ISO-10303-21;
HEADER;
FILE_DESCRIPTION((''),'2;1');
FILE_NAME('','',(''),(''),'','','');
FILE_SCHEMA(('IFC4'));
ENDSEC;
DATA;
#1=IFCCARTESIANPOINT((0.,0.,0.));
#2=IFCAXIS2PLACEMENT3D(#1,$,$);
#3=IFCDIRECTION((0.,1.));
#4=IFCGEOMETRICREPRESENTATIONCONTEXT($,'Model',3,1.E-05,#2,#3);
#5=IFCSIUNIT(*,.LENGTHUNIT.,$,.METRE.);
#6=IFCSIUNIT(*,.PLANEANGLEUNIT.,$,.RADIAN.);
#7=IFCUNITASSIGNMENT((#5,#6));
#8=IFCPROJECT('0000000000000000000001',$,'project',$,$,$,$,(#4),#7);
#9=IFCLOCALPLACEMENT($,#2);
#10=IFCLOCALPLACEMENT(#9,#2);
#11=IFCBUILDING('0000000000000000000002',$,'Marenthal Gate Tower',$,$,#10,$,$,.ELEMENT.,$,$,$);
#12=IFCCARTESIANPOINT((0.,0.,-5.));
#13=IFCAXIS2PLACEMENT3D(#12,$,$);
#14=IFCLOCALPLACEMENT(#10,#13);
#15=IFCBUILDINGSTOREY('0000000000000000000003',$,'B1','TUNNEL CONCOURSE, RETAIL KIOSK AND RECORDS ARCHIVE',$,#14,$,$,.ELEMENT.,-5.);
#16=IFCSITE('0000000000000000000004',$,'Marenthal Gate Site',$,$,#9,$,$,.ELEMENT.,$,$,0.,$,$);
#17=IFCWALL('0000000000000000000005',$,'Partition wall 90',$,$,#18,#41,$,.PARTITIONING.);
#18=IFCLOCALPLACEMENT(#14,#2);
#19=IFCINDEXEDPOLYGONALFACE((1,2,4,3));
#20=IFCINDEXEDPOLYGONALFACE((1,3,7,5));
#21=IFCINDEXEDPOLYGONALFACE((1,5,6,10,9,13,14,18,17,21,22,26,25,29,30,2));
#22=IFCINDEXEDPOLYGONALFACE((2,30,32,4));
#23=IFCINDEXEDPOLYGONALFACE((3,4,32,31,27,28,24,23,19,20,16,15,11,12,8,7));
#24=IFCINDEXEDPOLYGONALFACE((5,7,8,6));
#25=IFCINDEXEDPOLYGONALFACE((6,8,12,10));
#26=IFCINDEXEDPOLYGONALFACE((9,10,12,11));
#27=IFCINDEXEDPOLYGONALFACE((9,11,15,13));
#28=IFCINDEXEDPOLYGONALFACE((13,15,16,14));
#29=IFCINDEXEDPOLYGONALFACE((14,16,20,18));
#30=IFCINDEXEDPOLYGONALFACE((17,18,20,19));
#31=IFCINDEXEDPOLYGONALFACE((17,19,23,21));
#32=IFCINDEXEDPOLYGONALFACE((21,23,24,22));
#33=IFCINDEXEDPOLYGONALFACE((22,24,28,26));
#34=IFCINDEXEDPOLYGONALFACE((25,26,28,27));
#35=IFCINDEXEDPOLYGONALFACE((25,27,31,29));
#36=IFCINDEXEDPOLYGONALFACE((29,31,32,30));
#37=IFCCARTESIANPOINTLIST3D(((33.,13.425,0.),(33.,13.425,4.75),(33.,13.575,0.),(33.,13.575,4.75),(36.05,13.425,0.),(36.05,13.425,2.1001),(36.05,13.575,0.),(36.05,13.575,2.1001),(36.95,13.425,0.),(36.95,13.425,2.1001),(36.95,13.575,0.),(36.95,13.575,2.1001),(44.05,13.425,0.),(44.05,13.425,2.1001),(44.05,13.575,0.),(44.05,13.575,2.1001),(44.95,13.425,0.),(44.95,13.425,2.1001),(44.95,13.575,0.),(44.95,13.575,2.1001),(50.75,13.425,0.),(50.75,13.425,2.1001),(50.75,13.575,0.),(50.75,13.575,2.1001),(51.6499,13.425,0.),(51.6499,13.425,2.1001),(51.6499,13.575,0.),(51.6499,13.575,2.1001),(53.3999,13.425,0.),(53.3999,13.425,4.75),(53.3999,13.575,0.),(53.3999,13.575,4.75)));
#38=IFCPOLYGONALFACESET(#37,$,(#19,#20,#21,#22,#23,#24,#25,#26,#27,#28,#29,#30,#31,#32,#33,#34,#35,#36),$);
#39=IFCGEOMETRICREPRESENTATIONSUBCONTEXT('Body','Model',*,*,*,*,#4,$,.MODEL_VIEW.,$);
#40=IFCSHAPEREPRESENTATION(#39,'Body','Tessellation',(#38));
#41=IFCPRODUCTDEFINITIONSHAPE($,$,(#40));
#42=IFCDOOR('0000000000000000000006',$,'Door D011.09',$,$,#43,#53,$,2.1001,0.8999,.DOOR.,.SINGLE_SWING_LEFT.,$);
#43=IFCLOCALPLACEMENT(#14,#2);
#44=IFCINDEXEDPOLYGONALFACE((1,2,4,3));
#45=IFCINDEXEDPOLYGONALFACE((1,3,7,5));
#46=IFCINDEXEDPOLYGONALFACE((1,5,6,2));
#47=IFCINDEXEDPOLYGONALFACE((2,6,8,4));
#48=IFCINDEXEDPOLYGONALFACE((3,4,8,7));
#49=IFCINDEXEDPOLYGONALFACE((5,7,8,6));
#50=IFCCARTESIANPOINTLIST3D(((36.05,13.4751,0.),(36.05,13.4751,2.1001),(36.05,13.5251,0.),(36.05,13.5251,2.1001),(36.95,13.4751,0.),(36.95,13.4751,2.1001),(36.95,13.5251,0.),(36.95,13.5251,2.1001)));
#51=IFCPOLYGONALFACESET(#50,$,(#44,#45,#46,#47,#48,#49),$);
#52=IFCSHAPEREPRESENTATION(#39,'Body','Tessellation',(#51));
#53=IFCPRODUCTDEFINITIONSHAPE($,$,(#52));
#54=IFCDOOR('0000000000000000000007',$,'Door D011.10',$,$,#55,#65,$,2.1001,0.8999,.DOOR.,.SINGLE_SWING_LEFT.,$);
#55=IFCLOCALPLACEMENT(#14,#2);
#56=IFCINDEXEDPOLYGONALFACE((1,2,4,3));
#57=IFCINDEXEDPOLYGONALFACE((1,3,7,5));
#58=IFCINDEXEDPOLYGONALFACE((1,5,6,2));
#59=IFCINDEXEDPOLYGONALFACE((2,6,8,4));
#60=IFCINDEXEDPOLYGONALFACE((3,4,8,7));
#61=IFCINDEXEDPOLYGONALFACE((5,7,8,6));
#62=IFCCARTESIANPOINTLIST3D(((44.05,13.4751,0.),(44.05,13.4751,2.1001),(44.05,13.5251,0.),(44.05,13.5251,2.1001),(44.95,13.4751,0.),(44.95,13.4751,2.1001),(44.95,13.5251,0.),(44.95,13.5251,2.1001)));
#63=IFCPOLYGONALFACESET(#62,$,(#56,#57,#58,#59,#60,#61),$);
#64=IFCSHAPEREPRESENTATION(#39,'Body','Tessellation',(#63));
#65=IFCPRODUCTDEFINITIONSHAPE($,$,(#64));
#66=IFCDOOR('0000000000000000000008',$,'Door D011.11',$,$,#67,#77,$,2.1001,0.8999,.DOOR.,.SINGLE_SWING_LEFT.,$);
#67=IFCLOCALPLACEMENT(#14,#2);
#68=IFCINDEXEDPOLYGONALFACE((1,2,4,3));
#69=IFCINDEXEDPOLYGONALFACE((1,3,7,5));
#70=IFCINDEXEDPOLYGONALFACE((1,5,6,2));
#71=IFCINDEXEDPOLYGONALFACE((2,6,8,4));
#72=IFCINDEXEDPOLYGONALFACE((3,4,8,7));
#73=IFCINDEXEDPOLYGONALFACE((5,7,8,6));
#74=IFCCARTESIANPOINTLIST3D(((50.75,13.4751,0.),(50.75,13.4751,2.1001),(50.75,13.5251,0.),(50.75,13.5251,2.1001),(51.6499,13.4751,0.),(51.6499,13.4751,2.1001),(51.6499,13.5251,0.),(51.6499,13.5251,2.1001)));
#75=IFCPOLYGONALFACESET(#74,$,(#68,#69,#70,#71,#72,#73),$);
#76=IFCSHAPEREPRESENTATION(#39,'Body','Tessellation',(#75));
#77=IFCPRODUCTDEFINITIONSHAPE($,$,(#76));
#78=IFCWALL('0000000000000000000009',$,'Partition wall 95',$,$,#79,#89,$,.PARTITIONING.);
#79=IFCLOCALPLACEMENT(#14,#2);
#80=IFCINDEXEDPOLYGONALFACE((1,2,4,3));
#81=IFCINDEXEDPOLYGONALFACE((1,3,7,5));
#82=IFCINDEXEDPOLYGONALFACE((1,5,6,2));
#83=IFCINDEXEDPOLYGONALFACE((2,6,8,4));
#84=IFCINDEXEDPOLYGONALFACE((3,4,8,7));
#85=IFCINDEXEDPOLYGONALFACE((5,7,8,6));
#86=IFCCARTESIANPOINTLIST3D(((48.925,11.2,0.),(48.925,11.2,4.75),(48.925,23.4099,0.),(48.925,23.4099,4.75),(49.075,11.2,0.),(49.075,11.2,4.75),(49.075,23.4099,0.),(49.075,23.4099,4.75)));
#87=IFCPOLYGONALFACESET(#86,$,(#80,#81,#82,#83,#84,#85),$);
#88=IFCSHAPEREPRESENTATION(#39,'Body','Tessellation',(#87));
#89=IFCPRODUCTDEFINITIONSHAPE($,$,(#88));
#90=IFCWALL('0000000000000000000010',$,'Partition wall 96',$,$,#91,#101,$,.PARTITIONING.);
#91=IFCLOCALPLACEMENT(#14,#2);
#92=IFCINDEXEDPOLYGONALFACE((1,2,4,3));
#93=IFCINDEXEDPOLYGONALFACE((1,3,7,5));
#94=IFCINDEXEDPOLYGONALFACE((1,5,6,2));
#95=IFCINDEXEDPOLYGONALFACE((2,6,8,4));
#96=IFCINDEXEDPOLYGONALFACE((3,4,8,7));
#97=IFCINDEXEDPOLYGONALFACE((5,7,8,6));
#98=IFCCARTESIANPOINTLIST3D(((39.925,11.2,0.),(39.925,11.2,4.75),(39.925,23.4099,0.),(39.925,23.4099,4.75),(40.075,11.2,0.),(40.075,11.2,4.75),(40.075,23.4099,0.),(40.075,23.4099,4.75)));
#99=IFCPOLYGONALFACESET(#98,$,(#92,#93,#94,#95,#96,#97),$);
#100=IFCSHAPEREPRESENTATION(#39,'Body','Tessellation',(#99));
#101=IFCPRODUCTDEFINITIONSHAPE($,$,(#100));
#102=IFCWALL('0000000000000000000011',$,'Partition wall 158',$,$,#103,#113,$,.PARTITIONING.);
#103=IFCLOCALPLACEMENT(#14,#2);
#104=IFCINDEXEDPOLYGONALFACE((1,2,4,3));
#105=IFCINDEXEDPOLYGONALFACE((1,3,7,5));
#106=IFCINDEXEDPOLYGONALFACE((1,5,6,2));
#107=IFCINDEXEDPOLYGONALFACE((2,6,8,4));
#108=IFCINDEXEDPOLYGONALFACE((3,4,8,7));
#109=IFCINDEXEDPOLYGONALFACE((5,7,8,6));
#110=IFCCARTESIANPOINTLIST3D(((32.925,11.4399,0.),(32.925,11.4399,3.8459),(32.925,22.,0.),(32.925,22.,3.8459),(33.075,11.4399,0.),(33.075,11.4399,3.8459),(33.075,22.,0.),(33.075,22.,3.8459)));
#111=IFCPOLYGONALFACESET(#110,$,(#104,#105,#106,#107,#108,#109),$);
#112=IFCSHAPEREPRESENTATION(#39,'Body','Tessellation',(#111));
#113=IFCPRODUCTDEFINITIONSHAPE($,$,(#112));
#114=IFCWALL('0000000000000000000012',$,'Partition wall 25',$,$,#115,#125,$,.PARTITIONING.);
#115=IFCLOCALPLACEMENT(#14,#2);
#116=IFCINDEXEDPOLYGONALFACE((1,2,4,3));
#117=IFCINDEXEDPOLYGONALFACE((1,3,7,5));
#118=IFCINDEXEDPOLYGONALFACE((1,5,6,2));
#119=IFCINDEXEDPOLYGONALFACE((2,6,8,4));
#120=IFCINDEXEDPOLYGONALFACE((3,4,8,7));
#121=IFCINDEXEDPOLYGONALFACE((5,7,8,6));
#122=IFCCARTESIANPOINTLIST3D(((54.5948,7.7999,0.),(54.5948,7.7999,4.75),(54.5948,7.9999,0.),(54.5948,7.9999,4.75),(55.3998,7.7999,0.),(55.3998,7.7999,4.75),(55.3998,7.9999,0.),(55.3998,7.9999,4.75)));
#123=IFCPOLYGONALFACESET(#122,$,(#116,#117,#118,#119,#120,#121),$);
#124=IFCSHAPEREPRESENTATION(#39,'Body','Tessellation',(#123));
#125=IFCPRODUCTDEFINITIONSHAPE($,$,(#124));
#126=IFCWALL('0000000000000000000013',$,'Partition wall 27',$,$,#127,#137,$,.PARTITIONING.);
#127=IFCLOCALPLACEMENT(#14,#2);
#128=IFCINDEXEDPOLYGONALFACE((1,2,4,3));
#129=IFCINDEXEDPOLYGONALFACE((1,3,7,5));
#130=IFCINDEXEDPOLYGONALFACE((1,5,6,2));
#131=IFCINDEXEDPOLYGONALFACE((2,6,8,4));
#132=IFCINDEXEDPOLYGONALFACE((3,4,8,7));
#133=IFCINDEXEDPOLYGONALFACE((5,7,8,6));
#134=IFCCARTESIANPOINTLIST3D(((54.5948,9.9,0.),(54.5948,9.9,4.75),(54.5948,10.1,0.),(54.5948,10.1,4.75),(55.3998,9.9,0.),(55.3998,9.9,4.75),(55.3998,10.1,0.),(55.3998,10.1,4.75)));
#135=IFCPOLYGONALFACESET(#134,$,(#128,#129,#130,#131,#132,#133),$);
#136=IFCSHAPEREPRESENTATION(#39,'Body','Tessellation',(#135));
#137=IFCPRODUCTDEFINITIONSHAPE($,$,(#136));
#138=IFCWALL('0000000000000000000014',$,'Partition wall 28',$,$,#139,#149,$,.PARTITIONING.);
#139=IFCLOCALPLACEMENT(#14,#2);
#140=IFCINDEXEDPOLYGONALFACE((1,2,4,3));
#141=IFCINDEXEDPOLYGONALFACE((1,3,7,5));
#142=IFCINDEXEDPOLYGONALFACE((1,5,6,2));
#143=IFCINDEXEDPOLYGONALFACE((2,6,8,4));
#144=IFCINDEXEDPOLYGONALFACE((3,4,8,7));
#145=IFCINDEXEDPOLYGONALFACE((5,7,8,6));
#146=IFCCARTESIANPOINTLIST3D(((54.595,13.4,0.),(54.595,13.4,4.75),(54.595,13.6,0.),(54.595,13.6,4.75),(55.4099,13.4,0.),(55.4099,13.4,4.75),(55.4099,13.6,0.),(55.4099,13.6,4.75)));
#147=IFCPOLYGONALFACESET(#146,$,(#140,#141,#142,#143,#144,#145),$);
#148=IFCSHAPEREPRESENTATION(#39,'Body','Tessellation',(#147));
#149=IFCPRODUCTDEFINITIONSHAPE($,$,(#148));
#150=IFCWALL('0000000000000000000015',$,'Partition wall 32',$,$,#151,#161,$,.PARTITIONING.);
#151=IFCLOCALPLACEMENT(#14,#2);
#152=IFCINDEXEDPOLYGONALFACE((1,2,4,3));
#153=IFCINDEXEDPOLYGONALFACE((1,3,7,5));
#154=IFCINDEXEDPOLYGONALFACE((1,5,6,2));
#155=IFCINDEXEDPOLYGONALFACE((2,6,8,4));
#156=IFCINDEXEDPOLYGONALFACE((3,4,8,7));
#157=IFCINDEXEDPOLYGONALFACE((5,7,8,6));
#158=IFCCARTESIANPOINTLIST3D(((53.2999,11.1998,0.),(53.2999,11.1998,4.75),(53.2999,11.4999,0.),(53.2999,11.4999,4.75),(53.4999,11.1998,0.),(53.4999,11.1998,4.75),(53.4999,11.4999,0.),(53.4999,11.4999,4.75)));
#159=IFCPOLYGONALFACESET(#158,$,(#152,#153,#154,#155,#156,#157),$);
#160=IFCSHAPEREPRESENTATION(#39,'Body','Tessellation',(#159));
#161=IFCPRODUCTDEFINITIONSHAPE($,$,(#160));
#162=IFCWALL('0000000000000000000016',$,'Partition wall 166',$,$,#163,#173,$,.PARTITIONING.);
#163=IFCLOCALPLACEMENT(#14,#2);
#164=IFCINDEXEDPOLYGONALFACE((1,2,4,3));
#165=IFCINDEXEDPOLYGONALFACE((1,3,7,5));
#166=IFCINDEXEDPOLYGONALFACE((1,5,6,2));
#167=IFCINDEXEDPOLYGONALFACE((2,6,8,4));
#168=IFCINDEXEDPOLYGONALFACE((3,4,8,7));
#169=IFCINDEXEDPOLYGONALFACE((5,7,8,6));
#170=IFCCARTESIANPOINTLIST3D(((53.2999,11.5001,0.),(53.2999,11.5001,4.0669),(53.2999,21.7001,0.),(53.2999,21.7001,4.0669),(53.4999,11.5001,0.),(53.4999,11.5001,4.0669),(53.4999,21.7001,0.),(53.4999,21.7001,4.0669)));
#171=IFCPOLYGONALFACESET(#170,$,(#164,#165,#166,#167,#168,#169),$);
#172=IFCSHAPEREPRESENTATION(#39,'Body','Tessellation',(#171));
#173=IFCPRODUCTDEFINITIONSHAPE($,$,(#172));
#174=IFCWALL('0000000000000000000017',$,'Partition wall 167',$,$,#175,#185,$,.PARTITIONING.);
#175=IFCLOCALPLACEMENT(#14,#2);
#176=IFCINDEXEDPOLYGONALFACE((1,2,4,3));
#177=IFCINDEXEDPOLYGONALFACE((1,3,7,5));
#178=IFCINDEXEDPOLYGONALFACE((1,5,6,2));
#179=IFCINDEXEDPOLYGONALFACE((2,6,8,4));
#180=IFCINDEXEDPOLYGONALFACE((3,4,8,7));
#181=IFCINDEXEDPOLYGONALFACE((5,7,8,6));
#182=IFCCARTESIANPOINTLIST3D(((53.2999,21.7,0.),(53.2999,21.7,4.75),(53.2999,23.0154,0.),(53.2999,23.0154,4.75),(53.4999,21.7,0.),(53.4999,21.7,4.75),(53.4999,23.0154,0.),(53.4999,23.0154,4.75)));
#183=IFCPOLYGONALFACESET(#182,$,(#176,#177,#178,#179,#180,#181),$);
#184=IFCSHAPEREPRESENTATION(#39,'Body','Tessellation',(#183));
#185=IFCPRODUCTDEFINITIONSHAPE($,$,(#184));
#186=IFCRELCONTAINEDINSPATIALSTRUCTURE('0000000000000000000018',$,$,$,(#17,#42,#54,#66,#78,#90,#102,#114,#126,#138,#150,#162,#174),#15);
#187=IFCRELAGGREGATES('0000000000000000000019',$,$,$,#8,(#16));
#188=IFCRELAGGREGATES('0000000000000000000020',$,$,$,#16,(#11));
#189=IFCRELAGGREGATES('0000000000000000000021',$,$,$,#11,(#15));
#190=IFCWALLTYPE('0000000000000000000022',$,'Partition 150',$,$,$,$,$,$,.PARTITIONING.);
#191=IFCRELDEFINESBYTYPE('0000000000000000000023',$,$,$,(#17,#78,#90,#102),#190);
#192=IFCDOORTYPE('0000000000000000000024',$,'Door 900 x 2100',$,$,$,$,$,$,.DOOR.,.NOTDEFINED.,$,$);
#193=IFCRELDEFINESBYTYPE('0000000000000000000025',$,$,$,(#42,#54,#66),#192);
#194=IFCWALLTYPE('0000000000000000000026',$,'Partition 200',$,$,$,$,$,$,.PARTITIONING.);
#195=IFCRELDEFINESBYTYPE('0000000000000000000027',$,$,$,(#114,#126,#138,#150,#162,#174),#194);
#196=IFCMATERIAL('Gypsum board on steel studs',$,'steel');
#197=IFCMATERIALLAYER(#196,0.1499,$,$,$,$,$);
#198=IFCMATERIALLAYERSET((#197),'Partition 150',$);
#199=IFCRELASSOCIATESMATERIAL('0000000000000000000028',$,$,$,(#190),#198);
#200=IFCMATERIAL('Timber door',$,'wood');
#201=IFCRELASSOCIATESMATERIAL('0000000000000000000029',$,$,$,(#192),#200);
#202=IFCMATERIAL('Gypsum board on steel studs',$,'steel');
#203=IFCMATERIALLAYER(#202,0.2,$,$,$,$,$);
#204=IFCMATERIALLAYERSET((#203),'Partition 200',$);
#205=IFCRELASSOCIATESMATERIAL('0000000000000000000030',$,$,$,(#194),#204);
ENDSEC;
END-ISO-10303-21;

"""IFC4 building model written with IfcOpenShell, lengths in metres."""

from ifc_helpers import new_model, si_unit, direction, frame, frame_2d, origin, place, context, subcontext, project, spatial, rectangle, extrude, material, layer, layer_set, type_object, element, fill, save


model = new_model("IFC4")

# Units and contexts
model_context = context("Model", 3, precision=1e-05, world=origin(), true_north=direction((0.0, 1.0)))
body_context = subcontext(model_context, "Body", "Model", "MODEL_VIEW")
ifc_project = project(units=[si_unit("LENGTHUNIT", "METRE"), si_unit("PLANEANGLEUNIT", "RADIAN")], contexts=[model_context])

# Site, building, storey
site_placement = place(None, origin())
site = spatial("IfcSite", under=ifc_project, at=site_placement, Name="Marenthal Gate Site", CompositionType="ELEMENT", RefElevation=0.0)
building_placement = place(site_placement, origin())
building = spatial("IfcBuilding", under=site, at=building_placement, Name="Marenthal Gate Tower", CompositionType="ELEMENT")
storey_placement = place(building_placement, frame((0.0, 0.0, -5.0)))
storey = spatial("IfcBuildingStorey", under=building, at=storey_placement, Name="B1", Description="TUNNEL CONCOURSE, RETAIL KIOSK AND RECORDS ARCHIVE", CompositionType="ELEMENT", Elevation=-5.0)

# Wall, openings, doors
ifc_material_1 = material(Name="Gypsum board on steel studs", Category="steel")
ifc_layer_1 = layer(ifc_material_1, 0.1499)
ifc_layer_set_1 = layer_set([ifc_layer_1], Name="Partition 150")
wall_type_1 = type_object("IfcWallType", Name="Partition 150", PredefinedType="PARTITIONING", material=ifc_layer_set_1)
wall_1_placement = place(storey_placement, frame((33.0, 13.5, 0.0), z_axis=(0.0, 0.0, 1.0), x_axis=(1.0, 0.0, 0.0)))
wall_1 = element("IfcWall", 1, at=wall_1_placement, inside=storey, type_object=wall_type_1, Name="Partition wall 90", PredefinedType="PARTITIONING", context=body_context, shape_type="SweptSolid", body=[
    extrude(rectangle(XDim=20.3999, YDim=0.1499, at=frame_2d((10.2, 0.0))), origin(), (0.0, 0.0, 1.0), 4.75),
])
opening_1_placement = place(wall_1_placement, frame((3.05, 0.0, 0.0)))
opening_1 = element("IfcOpeningElement", 2, at=opening_1_placement, cuts=wall_1, PredefinedType="OPENING", context=body_context, shape_type="SweptSolid", body=[
    extrude(rectangle(XDim=0.8999, YDim=2.1001, at=frame_2d((0.45, 1.05))), frame((0.0, 0.085, 0.0), z_axis=(0.0, -1.0, 0.0), x_axis=(1.0, 0.0, 0.0)), (0.0, 0.0, 1.0), 0.1699),
])
opening_2_placement = place(wall_1_placement, frame((11.05, 0.0, 0.0)))
opening_2 = element("IfcOpeningElement", 3, at=opening_2_placement, cuts=wall_1, PredefinedType="OPENING", context=body_context, shape_type="SweptSolid", body=[
    extrude(rectangle(XDim=0.8999, YDim=2.1001, at=frame_2d((0.45, 1.05))), frame((0.0, 0.085, 0.0), z_axis=(0.0, -1.0, 0.0), x_axis=(1.0, 0.0, 0.0)), (0.0, 0.0, 1.0), 0.1699),
])
opening_3_placement = place(wall_1_placement, frame((17.75, 0.0, 0.0)))
opening_3 = element("IfcOpeningElement", 4, at=opening_3_placement, cuts=wall_1, PredefinedType="OPENING", context=body_context, shape_type="SweptSolid", body=[
    extrude(rectangle(XDim=0.8999, YDim=2.1001, at=frame_2d((0.45, 1.05))), frame((0.0, 0.085, 0.0), z_axis=(0.0, -1.0, 0.0), x_axis=(1.0, 0.0, 0.0)), (0.0, 0.0, 1.0), 0.1699),
])
ifc_material_2 = material(Name="Timber door", Category="wood")
door_type_1 = type_object("IfcDoorType", Name="Door 900 x 2100", OperationType="NOTDEFINED", PredefinedType="DOOR", material=ifc_material_2)
door_1_placement = place(opening_1_placement, frame((0.8999, 0.0, 0.0), z_axis=(0.0, 0.0, 1.0), x_axis=(-1.0, 0.0, 0.0)))
door_1 = element("IfcDoor", 5, at=door_1_placement, inside=storey, type_object=door_type_1, Name="Door D011.09", OperationType="SINGLE_SWING_LEFT", OverallHeight=2.1001, OverallWidth=0.8999, PredefinedType="DOOR", context=body_context, shape_type="SweptSolid", body=[
    extrude(rectangle(XDim=0.8999, YDim=2.1001, at=frame_2d((0.45, 1.05))), frame((0.0, 0.0249, 0.0), z_axis=(0.0, -1.0, 0.0), x_axis=(1.0, 0.0, 0.0)), (0.0, 0.0, 1.0), 0.05),
])
fill(opening_1, door_1)
door_2_placement = place(opening_2_placement, frame((0.8999, 0.0, 0.0), z_axis=(0.0, 0.0, 1.0), x_axis=(-1.0, 0.0, 0.0)))
door_2 = element("IfcDoor", 6, at=door_2_placement, inside=storey, type_object=door_type_1, Name="Door D011.10", OperationType="SINGLE_SWING_LEFT", OverallHeight=2.1001, OverallWidth=0.8999, PredefinedType="DOOR", context=body_context, shape_type="SweptSolid", body=[
    extrude(rectangle(XDim=0.8999, YDim=2.1001, at=frame_2d((0.45, 1.05))), frame((0.0, 0.0249, 0.0), z_axis=(0.0, -1.0, 0.0), x_axis=(1.0, 0.0, 0.0)), (0.0, 0.0, 1.0), 0.05),
])
fill(opening_2, door_2)
door_3_placement = place(opening_3_placement, frame((0.8999, 0.0, 0.0), z_axis=(0.0, 0.0, 1.0), x_axis=(-1.0, 0.0, 0.0)))
door_3 = element("IfcDoor", 7, at=door_3_placement, inside=storey, type_object=door_type_1, Name="Door D011.11", OperationType="SINGLE_SWING_LEFT", OverallHeight=2.1001, OverallWidth=0.8999, PredefinedType="DOOR", context=body_context, shape_type="SweptSolid", body=[
    extrude(rectangle(XDim=0.8999, YDim=2.1001, at=frame_2d((0.45, 1.05))), frame((0.0, 0.0249, 0.0), z_axis=(0.0, -1.0, 0.0), x_axis=(1.0, 0.0, 0.0)), (0.0, 0.0, 1.0), 0.05),
])
fill(opening_3, door_3)

# Walls
for number, where, z_axis, x_axis, name in (
    (8, (49.0, 11.2, 0.0), (0.0, 0.0, 1.0), (0.0, 1.0, 0.0), "Partition wall 95"),
    (9, (40.0, 11.2, 0.0), (0.0, 0.0, 1.0), (0.0, 1.0, 0.0), "Partition wall 96"),
):
    element("IfcWall", number, at=place(storey_placement, frame(where, z_axis=z_axis, x_axis=x_axis)), inside=storey, type_object=wall_type_1, Name=name, PredefinedType="PARTITIONING", context=body_context, shape_type="SweptSolid", body=[
        extrude(rectangle(XDim=12.21, YDim=0.1499, at=frame_2d((6.105, 0.0))), origin(), (0.0, 0.0, 1.0), 4.75),
    ])
wall_2_placement = place(storey_placement, frame((33.0, 11.4399, 0.0), z_axis=(0.0, 0.0, 1.0), x_axis=(0.0, 1.0, 0.0)))
element("IfcWall", 10, at=wall_2_placement, inside=storey, type_object=wall_type_1, Name="Partition wall 158", PredefinedType="PARTITIONING", context=body_context, shape_type="SweptSolid", body=[
    extrude(rectangle(XDim=10.5601, YDim=0.1499, at=frame_2d((5.28, 0.0))), origin(), (0.0, 0.0, 1.0), 3.8459),
])
ifc_material_3 = material(Name="Gypsum board on steel studs", Category="steel")
ifc_layer_2 = layer(ifc_material_3, 0.2)
ifc_layer_set_2 = layer_set([ifc_layer_2], Name="Partition 200")
wall_type_2 = type_object("IfcWallType", Name="Partition 200", PredefinedType="PARTITIONING", material=ifc_layer_set_2)
for number, where, z_axis, x_axis, name in (
    (11, (54.595, 7.8999, 0.0), (0.0, 0.0, 1.0), (1.0, 0.0, 0.0), "Partition wall 25"),
    (12, (54.595, 10.0, 0.0), (0.0, 0.0, 1.0), (1.0, 0.0, 0.0), "Partition wall 27"),
):
    element("IfcWall", number, at=place(storey_placement, frame(where, z_axis=z_axis, x_axis=x_axis)), inside=storey, type_object=wall_type_2, Name=name, PredefinedType="PARTITIONING", context=body_context, shape_type="SweptSolid", body=[
        extrude(rectangle(XDim=0.8049, YDim=0.2, at=frame_2d((0.4023, 0.0))), origin(), (0.0, 0.0, 1.0), 4.75),
    ])
wall_3_placement = place(storey_placement, frame((54.595, 13.5, 0.0), z_axis=(0.0, 0.0, 1.0), x_axis=(1.0, 0.0, 0.0)))
element("IfcWall", 13, at=wall_3_placement, inside=storey, type_object=wall_type_2, Name="Partition wall 28", PredefinedType="PARTITIONING", context=body_context, shape_type="SweptSolid", body=[
    extrude(rectangle(XDim=0.8149, YDim=0.2, at=frame_2d((0.4075, 0.0))), origin(), (0.0, 0.0, 1.0), 4.75),
])
wall_4_placement = place(storey_placement, frame((53.3999, 11.2, 0.0), z_axis=(0.0, 0.0, 1.0), x_axis=(0.0, 1.0, 0.0)))
element("IfcWall", 14, at=wall_4_placement, inside=storey, type_object=wall_type_2, Name="Partition wall 32", PredefinedType="PARTITIONING", context=body_context, shape_type="SweptSolid", body=[
    extrude(rectangle(XDim=0.3, YDim=0.2, at=frame_2d((0.1499, 0.0))), origin(), (0.0, 0.0, 1.0), 4.75),
])
wall_5_placement = place(storey_placement, frame((53.3999, 11.5, 0.0), z_axis=(0.0, 0.0, 1.0), x_axis=(0.0, 1.0, 0.0)))
element("IfcWall", 15, at=wall_5_placement, inside=storey, type_object=wall_type_2, Name="Partition wall 166", PredefinedType="PARTITIONING", context=body_context, shape_type="SweptSolid", body=[
    extrude(rectangle(XDim=10.2, YDim=0.2, at=frame_2d((5.1001, 0.0))), origin(), (0.0, 0.0, 1.0), 4.0669),
])
wall_6_placement = place(storey_placement, frame((53.3999, 21.7, 0.0), z_axis=(0.0, 0.0, 1.0), x_axis=(0.0, 1.0, 0.0)))
element("IfcWall", 16, at=wall_6_placement, inside=storey, type_object=wall_type_2, Name="Partition wall 167", PredefinedType="PARTITIONING", context=body_context, shape_type="SweptSolid", body=[
    extrude(rectangle(XDim=1.3154, YDim=0.2, at=frame_2d((0.6577, 0.0))), origin(), (0.0, 0.0, 1.0), 4.75),
])

save(model, "model.ifc")
